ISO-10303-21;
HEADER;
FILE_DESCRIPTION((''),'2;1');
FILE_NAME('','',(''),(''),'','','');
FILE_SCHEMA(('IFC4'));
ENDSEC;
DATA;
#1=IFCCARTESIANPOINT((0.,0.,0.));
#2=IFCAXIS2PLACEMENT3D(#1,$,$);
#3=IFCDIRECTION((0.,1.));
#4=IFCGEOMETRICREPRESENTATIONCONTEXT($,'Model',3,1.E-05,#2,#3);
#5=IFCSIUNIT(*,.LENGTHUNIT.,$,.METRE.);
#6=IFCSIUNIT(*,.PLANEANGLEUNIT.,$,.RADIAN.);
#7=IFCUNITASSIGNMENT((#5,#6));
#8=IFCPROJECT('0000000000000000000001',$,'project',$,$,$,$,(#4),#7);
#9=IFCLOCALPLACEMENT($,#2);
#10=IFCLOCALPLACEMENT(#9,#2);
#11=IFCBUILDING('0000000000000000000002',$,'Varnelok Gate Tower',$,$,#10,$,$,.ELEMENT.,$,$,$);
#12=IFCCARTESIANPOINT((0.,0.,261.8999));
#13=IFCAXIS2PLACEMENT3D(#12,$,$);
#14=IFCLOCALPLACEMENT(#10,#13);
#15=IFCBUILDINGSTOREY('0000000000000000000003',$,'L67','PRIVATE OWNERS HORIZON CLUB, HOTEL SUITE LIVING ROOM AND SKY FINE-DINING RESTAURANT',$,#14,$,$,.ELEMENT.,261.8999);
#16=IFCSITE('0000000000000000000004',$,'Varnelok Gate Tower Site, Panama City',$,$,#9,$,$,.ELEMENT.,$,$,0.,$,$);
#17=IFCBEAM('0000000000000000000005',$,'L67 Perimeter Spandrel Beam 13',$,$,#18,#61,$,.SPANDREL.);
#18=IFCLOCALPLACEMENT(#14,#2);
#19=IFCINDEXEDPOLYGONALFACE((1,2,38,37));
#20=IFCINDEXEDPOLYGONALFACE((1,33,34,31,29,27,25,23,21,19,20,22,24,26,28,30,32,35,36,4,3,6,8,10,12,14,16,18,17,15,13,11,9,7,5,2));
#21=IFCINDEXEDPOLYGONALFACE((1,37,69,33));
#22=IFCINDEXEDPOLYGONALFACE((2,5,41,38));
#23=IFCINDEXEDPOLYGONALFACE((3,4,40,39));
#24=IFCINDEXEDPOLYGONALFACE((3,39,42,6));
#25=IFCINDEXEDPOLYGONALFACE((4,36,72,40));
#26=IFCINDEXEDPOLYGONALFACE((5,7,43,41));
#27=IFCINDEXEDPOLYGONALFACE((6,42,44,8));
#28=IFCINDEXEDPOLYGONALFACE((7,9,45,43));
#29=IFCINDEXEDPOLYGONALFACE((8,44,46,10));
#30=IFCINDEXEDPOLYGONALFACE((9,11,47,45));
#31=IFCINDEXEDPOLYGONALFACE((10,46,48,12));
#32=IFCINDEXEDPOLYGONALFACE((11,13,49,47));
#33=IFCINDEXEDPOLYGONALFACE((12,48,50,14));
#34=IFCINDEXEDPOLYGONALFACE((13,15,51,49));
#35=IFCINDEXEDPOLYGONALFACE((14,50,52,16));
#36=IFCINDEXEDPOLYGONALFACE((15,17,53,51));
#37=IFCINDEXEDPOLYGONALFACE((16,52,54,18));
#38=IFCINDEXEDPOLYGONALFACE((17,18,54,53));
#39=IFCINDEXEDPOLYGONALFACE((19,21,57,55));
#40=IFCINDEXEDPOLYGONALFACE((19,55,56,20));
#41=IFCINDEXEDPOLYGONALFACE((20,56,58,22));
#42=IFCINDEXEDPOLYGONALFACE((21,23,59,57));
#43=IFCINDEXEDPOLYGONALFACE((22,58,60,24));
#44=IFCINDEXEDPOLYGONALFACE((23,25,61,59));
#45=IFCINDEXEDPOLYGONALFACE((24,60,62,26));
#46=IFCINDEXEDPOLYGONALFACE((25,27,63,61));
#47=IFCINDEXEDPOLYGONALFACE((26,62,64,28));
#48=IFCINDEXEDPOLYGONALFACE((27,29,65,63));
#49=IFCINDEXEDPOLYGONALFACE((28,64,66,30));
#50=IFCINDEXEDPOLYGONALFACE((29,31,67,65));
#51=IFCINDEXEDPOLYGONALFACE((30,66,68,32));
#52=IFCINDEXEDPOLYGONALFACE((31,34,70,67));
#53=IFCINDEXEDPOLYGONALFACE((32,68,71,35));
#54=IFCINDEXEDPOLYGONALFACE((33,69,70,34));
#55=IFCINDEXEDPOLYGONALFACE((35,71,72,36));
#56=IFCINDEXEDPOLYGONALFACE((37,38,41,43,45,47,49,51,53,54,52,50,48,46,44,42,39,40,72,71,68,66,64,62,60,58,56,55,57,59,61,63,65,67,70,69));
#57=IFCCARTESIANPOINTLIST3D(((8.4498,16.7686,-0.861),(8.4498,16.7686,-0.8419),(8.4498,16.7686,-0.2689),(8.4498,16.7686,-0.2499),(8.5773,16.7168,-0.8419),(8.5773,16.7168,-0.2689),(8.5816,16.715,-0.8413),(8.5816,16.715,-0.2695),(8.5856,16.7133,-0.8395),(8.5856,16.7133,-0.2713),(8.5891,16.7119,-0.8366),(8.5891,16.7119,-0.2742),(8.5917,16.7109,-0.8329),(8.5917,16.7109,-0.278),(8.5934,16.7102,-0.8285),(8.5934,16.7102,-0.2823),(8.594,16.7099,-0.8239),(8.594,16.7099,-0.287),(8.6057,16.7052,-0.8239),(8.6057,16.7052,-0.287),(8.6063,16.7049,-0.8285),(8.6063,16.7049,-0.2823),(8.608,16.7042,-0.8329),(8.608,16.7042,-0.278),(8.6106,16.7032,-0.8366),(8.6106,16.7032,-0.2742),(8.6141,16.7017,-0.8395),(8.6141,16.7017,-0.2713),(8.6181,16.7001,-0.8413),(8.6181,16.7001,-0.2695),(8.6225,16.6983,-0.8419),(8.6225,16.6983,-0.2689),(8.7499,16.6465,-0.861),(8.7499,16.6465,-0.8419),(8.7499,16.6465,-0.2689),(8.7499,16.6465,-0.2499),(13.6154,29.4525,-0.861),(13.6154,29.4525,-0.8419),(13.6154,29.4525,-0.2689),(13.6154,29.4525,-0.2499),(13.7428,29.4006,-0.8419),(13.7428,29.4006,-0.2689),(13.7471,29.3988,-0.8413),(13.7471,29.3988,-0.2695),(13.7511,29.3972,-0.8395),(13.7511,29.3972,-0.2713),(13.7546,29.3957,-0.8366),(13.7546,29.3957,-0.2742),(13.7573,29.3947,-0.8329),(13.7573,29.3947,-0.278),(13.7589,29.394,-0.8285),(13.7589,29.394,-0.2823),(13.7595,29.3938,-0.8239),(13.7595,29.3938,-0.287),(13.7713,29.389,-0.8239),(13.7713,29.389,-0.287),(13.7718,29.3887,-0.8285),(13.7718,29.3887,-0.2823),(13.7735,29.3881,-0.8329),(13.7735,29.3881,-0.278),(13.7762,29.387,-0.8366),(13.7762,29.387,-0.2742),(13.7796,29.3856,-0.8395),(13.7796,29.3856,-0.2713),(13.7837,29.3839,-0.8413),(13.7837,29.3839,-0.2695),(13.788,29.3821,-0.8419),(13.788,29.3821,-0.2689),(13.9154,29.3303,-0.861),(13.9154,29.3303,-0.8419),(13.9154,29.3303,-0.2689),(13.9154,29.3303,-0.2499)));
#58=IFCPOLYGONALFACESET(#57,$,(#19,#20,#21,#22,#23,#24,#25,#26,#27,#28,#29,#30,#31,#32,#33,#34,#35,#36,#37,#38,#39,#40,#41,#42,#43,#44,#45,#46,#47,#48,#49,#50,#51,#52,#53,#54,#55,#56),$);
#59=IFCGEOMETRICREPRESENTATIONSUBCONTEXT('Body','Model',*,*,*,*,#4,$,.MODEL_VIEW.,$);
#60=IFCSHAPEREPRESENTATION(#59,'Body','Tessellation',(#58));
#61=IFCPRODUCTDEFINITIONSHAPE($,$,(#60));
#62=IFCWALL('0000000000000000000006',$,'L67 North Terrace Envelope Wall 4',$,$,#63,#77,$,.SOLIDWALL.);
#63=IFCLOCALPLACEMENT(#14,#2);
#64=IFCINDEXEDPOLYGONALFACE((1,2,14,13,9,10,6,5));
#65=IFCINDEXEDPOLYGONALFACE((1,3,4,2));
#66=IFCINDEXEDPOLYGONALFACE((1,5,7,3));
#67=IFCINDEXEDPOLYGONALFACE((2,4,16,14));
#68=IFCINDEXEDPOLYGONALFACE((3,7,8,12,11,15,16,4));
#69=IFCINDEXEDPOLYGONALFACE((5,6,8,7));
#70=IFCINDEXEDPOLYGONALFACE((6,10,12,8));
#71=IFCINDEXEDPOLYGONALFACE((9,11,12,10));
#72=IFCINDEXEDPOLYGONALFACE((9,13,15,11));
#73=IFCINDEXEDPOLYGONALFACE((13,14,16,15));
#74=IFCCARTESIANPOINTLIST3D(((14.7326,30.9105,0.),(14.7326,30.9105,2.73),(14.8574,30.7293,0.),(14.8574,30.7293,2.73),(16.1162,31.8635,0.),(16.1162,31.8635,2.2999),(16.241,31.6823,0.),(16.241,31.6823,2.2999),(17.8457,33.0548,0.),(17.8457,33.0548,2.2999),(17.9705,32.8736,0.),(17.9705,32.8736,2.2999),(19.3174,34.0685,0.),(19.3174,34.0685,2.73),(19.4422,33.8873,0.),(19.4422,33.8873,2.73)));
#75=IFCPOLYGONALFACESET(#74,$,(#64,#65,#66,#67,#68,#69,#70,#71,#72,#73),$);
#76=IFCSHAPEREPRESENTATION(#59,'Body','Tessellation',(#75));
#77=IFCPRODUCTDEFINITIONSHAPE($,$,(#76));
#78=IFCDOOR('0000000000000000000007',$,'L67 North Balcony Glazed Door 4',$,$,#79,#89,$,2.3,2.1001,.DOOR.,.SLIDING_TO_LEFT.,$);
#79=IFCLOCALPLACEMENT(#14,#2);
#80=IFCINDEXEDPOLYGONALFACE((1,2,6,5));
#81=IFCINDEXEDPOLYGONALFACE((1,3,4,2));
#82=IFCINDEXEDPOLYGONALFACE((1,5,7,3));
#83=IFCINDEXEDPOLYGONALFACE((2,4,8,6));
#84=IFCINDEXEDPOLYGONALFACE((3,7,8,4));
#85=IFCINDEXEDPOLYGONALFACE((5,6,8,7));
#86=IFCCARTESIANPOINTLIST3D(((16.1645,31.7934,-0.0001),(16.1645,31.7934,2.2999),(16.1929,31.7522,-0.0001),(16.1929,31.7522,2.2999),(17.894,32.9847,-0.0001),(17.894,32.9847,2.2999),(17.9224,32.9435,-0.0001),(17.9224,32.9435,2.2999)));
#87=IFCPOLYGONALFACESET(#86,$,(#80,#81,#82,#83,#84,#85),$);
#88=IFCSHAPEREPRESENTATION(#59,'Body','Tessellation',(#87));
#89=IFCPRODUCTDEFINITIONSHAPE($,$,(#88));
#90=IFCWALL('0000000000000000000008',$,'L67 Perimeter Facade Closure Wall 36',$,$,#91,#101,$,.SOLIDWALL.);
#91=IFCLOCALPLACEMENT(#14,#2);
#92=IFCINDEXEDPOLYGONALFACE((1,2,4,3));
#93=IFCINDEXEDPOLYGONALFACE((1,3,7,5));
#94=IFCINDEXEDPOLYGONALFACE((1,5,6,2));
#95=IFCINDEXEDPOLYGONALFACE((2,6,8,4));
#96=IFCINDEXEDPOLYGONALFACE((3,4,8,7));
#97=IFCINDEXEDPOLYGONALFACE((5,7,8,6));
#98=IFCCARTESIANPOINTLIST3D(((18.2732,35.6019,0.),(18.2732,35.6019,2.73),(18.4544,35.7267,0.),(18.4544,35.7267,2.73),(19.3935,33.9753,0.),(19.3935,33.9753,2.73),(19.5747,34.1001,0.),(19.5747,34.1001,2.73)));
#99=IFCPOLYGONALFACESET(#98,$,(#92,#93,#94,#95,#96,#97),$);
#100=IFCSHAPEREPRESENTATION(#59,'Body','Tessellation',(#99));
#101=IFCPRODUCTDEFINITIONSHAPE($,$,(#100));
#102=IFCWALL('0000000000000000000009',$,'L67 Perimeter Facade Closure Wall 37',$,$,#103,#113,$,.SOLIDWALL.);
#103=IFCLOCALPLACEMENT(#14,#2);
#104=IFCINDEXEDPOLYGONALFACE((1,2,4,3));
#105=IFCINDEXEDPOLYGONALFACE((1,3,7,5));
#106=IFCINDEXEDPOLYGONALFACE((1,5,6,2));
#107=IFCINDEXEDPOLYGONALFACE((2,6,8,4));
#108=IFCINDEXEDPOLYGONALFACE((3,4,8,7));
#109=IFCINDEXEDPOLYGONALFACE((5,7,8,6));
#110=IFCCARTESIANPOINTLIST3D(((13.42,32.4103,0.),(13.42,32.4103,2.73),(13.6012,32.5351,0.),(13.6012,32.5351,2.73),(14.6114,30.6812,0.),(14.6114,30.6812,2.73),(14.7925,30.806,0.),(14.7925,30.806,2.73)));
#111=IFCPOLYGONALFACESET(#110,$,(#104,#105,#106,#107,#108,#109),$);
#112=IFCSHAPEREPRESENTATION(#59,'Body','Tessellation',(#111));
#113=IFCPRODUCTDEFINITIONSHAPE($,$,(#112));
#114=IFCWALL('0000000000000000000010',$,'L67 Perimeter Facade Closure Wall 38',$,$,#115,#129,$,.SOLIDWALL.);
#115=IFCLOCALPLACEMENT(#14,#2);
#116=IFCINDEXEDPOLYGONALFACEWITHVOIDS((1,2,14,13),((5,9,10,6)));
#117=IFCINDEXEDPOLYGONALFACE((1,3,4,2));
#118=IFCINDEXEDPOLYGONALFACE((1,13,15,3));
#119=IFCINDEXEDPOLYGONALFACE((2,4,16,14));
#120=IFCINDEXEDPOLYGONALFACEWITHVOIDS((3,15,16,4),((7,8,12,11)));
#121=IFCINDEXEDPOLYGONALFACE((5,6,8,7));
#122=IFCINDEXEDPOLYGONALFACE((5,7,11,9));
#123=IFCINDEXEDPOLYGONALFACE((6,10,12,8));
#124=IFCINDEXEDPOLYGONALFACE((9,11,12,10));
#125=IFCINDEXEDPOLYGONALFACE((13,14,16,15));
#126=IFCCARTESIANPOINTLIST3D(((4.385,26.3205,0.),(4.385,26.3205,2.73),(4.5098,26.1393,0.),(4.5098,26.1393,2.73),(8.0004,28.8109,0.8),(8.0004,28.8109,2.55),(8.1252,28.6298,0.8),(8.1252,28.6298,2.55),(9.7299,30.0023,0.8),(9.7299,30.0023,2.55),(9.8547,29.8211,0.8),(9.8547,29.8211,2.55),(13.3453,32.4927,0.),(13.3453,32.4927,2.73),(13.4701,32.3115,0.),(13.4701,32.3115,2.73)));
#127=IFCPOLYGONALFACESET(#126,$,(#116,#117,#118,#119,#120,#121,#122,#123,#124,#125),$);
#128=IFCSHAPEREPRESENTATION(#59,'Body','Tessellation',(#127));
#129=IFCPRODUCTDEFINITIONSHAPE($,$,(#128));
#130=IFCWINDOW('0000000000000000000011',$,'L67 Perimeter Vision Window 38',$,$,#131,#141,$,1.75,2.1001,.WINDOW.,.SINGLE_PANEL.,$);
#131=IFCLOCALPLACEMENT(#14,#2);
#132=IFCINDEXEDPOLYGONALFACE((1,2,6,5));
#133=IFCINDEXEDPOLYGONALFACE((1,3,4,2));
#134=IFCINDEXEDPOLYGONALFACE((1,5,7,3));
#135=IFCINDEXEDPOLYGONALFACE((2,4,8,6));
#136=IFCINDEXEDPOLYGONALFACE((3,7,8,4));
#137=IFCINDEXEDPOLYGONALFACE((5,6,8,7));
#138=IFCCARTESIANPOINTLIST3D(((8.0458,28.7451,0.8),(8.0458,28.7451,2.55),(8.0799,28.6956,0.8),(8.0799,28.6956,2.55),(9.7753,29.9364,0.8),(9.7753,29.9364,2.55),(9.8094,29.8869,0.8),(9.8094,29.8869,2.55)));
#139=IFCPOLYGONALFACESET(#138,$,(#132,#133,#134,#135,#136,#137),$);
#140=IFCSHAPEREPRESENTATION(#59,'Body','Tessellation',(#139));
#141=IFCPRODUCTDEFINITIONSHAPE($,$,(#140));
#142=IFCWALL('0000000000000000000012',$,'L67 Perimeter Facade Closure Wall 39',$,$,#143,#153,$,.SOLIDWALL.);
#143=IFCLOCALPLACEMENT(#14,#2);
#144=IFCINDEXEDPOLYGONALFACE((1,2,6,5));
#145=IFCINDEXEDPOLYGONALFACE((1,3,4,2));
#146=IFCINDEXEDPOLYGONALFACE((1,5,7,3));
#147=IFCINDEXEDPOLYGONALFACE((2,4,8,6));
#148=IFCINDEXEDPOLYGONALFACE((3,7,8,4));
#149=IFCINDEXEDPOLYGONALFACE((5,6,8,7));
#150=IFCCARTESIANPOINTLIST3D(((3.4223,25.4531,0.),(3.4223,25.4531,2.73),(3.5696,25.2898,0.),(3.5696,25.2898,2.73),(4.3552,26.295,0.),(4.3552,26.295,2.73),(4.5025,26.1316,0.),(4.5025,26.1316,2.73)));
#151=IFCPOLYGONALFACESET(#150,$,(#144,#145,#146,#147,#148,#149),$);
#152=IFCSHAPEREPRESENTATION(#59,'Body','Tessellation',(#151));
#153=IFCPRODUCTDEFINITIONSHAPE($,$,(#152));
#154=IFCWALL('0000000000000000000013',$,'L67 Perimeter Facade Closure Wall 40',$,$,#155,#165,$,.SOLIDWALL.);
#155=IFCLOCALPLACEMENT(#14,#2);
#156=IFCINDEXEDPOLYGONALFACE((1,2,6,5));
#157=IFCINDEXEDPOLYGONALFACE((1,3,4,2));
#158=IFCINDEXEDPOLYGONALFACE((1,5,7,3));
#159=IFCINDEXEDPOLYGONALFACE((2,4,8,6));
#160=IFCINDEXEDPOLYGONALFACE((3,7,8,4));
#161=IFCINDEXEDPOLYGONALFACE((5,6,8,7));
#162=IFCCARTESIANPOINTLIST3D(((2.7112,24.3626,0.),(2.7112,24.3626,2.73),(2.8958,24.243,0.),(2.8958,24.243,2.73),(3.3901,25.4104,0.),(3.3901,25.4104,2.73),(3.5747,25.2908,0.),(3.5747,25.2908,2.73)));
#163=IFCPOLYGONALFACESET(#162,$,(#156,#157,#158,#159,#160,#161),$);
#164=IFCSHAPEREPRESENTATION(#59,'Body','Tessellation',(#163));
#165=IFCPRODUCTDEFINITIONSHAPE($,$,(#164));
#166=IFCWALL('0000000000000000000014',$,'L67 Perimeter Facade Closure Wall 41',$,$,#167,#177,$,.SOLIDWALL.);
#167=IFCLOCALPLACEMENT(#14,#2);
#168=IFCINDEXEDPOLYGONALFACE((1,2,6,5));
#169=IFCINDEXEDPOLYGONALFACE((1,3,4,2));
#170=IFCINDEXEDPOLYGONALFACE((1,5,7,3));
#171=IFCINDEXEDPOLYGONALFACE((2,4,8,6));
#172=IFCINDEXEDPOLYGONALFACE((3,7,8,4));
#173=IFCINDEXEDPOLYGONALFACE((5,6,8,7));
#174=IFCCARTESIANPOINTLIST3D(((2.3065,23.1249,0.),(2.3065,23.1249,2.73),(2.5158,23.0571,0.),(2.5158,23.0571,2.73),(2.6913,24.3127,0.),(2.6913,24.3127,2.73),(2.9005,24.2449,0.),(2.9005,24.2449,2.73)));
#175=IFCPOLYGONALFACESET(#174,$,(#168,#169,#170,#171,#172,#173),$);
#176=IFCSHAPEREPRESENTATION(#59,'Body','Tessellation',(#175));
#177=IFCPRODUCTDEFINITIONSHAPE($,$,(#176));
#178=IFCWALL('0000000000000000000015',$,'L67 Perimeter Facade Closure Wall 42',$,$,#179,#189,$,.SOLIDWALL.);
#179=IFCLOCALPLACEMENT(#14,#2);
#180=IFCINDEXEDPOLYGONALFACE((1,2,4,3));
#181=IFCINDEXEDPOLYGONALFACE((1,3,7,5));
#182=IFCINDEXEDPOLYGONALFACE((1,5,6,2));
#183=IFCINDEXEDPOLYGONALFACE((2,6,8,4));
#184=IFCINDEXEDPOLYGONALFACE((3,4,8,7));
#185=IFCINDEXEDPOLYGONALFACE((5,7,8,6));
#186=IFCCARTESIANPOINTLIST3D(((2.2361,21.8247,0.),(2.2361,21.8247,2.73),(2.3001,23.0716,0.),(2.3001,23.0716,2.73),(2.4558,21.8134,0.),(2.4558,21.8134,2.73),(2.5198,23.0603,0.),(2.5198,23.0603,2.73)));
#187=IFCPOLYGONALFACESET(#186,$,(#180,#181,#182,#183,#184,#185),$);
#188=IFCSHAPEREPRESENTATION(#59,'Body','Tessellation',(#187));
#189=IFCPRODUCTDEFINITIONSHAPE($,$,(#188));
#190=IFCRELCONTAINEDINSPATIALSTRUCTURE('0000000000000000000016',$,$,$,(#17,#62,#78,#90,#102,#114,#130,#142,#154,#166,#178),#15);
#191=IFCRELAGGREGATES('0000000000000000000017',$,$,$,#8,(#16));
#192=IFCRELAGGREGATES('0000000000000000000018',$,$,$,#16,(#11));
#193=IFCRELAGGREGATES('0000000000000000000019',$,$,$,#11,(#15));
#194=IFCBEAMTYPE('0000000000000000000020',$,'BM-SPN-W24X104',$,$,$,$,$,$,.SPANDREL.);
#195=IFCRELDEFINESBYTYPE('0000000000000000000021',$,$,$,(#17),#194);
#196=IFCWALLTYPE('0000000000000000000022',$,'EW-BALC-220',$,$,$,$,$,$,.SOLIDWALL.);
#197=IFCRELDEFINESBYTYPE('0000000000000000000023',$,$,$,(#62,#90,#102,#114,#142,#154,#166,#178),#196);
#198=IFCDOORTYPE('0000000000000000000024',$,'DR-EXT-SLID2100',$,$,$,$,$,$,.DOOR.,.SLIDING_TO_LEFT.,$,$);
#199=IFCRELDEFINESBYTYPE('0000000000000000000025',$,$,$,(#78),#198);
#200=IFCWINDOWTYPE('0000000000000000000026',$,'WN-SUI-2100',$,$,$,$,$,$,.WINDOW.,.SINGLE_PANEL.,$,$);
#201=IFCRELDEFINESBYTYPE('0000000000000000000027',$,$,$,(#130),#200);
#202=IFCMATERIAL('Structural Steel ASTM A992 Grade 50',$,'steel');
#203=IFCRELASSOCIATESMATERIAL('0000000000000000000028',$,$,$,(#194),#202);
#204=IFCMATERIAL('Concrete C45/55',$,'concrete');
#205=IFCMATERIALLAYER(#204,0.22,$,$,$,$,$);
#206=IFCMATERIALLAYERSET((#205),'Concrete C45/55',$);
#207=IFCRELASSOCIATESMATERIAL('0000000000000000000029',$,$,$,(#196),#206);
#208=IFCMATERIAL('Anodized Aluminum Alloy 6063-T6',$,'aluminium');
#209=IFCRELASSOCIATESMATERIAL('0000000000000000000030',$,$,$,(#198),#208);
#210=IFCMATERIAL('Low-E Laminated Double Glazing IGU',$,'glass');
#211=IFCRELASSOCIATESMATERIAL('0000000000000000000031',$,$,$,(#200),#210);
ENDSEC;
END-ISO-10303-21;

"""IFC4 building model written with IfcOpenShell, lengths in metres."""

from ifc_helpers import new_model, si_unit, direction, frame, frame_2d, origin, origin_2d, place, context, subcontext, project, spatial, rectangle, i_section, extrude, material, layer, layer_set, material_profile, profile_set, type_object, element, fill, save


model = new_model("IFC4")

# Units and contexts
model_context = context("Model", 3, precision=1e-05, world=origin(), true_north=direction((0.0, 1.0)))
body_context = subcontext(model_context, "Body", "Model", "MODEL_VIEW")
ifc_project = project(units=[si_unit("LENGTHUNIT", "METRE"), si_unit("PLANEANGLEUNIT", "RADIAN")], contexts=[model_context])

# Site, building, storey
site_placement = place(None, origin())
site = spatial("IfcSite", under=ifc_project, at=site_placement, Name="Varnelok Gate Tower Site, Panama City", CompositionType="ELEMENT", RefElevation=0.0)
building_placement = place(site_placement, origin())
building = spatial("IfcBuilding", under=site, at=building_placement, Name="Varnelok Gate Tower", CompositionType="ELEMENT")
storey_placement = place(building_placement, frame((0.0, 0.0, 261.8999)))
storey = spatial("IfcBuildingStorey", under=building, at=storey_placement, Name="L67", Description="PRIVATE OWNERS HORIZON CLUB, HOTEL SUITE LIVING ROOM AND SKY FINE-DINING RESTAURANT", CompositionType="ELEMENT", Elevation=261.8999)

# Shared definitions
ifc_material_1 = material(Name="Structural Steel ASTM A992 Grade 50", Category="steel")

# Beam
ifc_material_profile_1 = material_profile(ifc_material_1, i_section(OverallWidth=0.324, OverallDepth=0.6111, WebThickness=0.0127, FlangeThickness=0.019, FilletRadius=0.0181, at=origin_2d()), Name="W24X104")
ifc_profile_set_1 = profile_set([ifc_material_profile_1], Name="Structural Steel ASTM A992 Grade 50")
beam_type_1 = type_object("IfcBeamType", Name="BM-SPN-W24X104", PredefinedType="SPANDREL", material=ifc_profile_set_1)
beam_1_placement = place(storey_placement, frame((13.7654, 29.3914, -0.5554), z_axis=(-0.377174, -0.926142, 0.0), x_axis=(0.926142, -0.377174, 0.0)))
element("IfcBeam", 1, at=beam_1_placement, inside=storey, type_object=beam_type_1, Name="L67 Perimeter Spandrel Beam 13", PredefinedType="SPANDREL", context=body_context, shape_type="SweptSolid", body=[
    extrude(i_section(OverallWidth=0.324, OverallDepth=0.6111, WebThickness=0.0127, FlangeThickness=0.019, FilletRadius=0.0181, at=origin_2d()), origin(), (0.0, 0.0, 1.0), 13.6953),
])

# Wall, opening, door
ifc_material_2 = material(Name="Concrete C45/55", Category="concrete")
ifc_layer_1 = layer(ifc_material_2, 0.22)
ifc_layer_set_1 = layer_set([ifc_layer_1], Name="Concrete C45/55")
wall_type_1 = type_object("IfcWallType", Name="EW-BALC-220", PredefinedType="SOLIDWALL", material=ifc_layer_set_1)
wall_1_placement = place(storey_placement, frame((14.7949, 30.8198, 0.0), z_axis=(0.0, 0.0, 1.0), x_axis=(0.823541, 0.567256, 0.0)))
wall_1 = element("IfcWall", 2, at=wall_1_placement, inside=storey, type_object=wall_type_1, Name="L67 North Terrace Envelope Wall 4", PredefinedType="SOLIDWALL", context=body_context, shape_type="SweptSolid", body=[
    extrude(rectangle(XDim=5.5671, YDim=0.22, at=frame_2d((2.7837, 0.0))), origin(), (0.0, 0.0, 1.0), 2.73),
])
opening_1_placement = place(wall_1_placement, frame((1.6802, 0.0, 0.0)))
opening_1 = element("IfcOpeningElement", 3, at=opening_1_placement, cuts=wall_1, PredefinedType="OPENING", context=body_context, shape_type="SweptSolid", body=[
    extrude(rectangle(XDim=2.1001, YDim=2.3, at=frame_2d((1.05, 1.1499))), frame((0.0, 0.1199, 0.0), z_axis=(0.0, -1.0, 0.0), x_axis=(1.0, 0.0, 0.0)), (0.0, 0.0, 1.0), 0.24),
])
ifc_material_3 = material(Name="Anodized Aluminum Alloy 6063-T6", Category="aluminium")
door_type = type_object("IfcDoorType", Name="DR-EXT-SLID2100", OperationType="SLIDING_TO_LEFT", PredefinedType="DOOR", material=ifc_material_3)
door_placement = place(opening_1_placement, origin())
door = element("IfcDoor", 4, at=door_placement, inside=storey, type_object=door_type, Name="L67 North Balcony Glazed Door 4", OperationType="SLIDING_TO_LEFT", OverallHeight=2.3, OverallWidth=2.1001, PredefinedType="DOOR", context=body_context, shape_type="SweptSolid", body=[
    extrude(rectangle(XDim=2.1001, YDim=2.3, at=frame_2d((1.05, 1.1499))), frame((0.0, 0.0249, 0.0), z_axis=(0.0, -1.0, 0.0), x_axis=(1.0, 0.0, 0.0)), (0.0, 0.0, 1.0), 0.05),
])
fill(opening_1, door)

# Walls
wall_2_placement = place(storey_placement, frame((18.3638, 35.6643, 0.0), z_axis=(0.0, 0.0, 1.0), x_axis=(0.567216, -0.823569, 0.0)))
element("IfcWall", 5, at=wall_2_placement, inside=storey, type_object=wall_type_1, Name="L67 Perimeter Facade Closure Wall 36", PredefinedType="SOLIDWALL", context=body_context, shape_type="SweptSolid", body=[
    extrude(rectangle(XDim=1.9751, YDim=0.22, at=frame_2d((0.9875, 0.0))), origin(), (0.0, 0.0, 1.0), 2.73),
])
wall_3_placement = place(storey_placement, frame((14.7019, 30.7437, 0.0), z_axis=(0.0, 0.0, 1.0), x_axis=(-0.567353, 0.823475, 0.0)))
element("IfcWall", 6, at=wall_3_placement, inside=storey, type_object=wall_type_1, Name="L67 Perimeter Facade Closure Wall 37", PredefinedType="SOLIDWALL", context=body_context, shape_type="SweptSolid", body=[
    extrude(rectangle(XDim=2.0999, YDim=0.22, at=frame_2d((1.0498, 0.0))), origin(), (0.0, 0.0, 1.0), 2.73),
])

# Wall, opening, window
wall_4_placement = place(storey_placement, frame((13.4077, 32.4021, 0.0), z_axis=(0.0, 0.0, 1.0), x_axis=(-0.823528, -0.567276, 0.0)))
wall_4 = element("IfcWall", 7, at=wall_4_placement, inside=storey, type_object=wall_type_1, Name="L67 Perimeter Facade Closure Wall 38", PredefinedType="SOLIDWALL", context=body_context, shape_type="SweptSolid", body=[
    extrude(rectangle(XDim=10.8804, YDim=0.22, at=frame_2d((5.4402, 0.0))), origin(), (0.0, 0.0, 1.0), 2.73),
])
opening_2_placement = place(wall_4_placement, frame((4.3901, 0.0, 0.8)))
opening_2 = element("IfcOpeningElement", 8, at=opening_2_placement, cuts=wall_4, PredefinedType="OPENING", context=body_context, shape_type="SweptSolid", body=[
    extrude(rectangle(XDim=2.1001, YDim=1.75, at=frame_2d((1.05, 0.875))), frame((0.0, 0.1199, 0.0), z_axis=(0.0, -1.0, 0.0), x_axis=(1.0, 0.0, 0.0)), (0.0, 0.0, 1.0), 0.24),
])
ifc_material_4 = material(Name="Low-E Laminated Double Glazing IGU", Category="glass")
window_type = type_object("IfcWindowType", Name="WN-SUI-2100", PartitioningType="SINGLE_PANEL", PredefinedType="WINDOW", material=ifc_material_4)
window_placement = place(opening_2_placement, origin())
window = element("IfcWindow", 9, at=window_placement, inside=storey, type_object=window_type, Name="L67 Perimeter Vision Window 38", OverallHeight=1.75, OverallWidth=2.1001, PartitioningType="SINGLE_PANEL", PredefinedType="WINDOW", context=body_context, shape_type="SweptSolid", body=[
    extrude(rectangle(XDim=2.1001, YDim=1.75, at=frame_2d((1.05, 0.875))), frame((0.0, 0.03, 0.0), z_axis=(0.0, -1.0, 0.0), x_axis=(1.0, 0.0, 0.0)), (0.0, 0.0, 1.0), 0.0601),
])
fill(opening_2, window)

# Walls
wall_5_placement = place(storey_placement, frame((4.429, 26.2134, 0.0), z_axis=(0.0, 0.0, 1.0), x_axis=(-0.742414, -0.669941, 0.0)))
element("IfcWall", 10, at=wall_5_placement, inside=storey, type_object=wall_type_1, Name="L67 Perimeter Facade Closure Wall 39", PredefinedType="SOLIDWALL", context=body_context, shape_type="SweptSolid", body=[
    extrude(rectangle(XDim=1.2566, YDim=0.22, at=frame_2d((0.6284, 0.0))), origin(), (0.0, 0.0, 1.0), 2.73),
])
for number, where, z_axis, x_axis, name in (
    (11, (3.4824, 25.3506, 0.0), (0.0, 0.0, 1.0), (-0.543778, -0.839229, 0.0), "L67 Perimeter Facade Closure Wall 40"),
    (12, (2.7959, 24.2788, 0.0), (0.0, 0.0, 1.0), (-0.30818, -0.951328, 0.0), "L67 Perimeter Facade Closure Wall 41"),
    (13, (2.4099, 23.0659, 0.0), (0.0, 0.0, 1.0), (-0.051235, -0.998687, 0.0), "L67 Perimeter Facade Closure Wall 42"),
):
    element("IfcWall", number, at=place(storey_placement, frame(where, z_axis=z_axis, x_axis=x_axis)), inside=storey, type_object=wall_type_1, Name=name, PredefinedType="SOLIDWALL", context=body_context, shape_type="SweptSolid", body=[
        extrude(rectangle(XDim=1.2485, YDim=0.22, at=frame_2d((0.6243, 0.0))), origin(), (0.0, 0.0, 1.0), 2.73),
    ])

save(model, "model.ifc")
